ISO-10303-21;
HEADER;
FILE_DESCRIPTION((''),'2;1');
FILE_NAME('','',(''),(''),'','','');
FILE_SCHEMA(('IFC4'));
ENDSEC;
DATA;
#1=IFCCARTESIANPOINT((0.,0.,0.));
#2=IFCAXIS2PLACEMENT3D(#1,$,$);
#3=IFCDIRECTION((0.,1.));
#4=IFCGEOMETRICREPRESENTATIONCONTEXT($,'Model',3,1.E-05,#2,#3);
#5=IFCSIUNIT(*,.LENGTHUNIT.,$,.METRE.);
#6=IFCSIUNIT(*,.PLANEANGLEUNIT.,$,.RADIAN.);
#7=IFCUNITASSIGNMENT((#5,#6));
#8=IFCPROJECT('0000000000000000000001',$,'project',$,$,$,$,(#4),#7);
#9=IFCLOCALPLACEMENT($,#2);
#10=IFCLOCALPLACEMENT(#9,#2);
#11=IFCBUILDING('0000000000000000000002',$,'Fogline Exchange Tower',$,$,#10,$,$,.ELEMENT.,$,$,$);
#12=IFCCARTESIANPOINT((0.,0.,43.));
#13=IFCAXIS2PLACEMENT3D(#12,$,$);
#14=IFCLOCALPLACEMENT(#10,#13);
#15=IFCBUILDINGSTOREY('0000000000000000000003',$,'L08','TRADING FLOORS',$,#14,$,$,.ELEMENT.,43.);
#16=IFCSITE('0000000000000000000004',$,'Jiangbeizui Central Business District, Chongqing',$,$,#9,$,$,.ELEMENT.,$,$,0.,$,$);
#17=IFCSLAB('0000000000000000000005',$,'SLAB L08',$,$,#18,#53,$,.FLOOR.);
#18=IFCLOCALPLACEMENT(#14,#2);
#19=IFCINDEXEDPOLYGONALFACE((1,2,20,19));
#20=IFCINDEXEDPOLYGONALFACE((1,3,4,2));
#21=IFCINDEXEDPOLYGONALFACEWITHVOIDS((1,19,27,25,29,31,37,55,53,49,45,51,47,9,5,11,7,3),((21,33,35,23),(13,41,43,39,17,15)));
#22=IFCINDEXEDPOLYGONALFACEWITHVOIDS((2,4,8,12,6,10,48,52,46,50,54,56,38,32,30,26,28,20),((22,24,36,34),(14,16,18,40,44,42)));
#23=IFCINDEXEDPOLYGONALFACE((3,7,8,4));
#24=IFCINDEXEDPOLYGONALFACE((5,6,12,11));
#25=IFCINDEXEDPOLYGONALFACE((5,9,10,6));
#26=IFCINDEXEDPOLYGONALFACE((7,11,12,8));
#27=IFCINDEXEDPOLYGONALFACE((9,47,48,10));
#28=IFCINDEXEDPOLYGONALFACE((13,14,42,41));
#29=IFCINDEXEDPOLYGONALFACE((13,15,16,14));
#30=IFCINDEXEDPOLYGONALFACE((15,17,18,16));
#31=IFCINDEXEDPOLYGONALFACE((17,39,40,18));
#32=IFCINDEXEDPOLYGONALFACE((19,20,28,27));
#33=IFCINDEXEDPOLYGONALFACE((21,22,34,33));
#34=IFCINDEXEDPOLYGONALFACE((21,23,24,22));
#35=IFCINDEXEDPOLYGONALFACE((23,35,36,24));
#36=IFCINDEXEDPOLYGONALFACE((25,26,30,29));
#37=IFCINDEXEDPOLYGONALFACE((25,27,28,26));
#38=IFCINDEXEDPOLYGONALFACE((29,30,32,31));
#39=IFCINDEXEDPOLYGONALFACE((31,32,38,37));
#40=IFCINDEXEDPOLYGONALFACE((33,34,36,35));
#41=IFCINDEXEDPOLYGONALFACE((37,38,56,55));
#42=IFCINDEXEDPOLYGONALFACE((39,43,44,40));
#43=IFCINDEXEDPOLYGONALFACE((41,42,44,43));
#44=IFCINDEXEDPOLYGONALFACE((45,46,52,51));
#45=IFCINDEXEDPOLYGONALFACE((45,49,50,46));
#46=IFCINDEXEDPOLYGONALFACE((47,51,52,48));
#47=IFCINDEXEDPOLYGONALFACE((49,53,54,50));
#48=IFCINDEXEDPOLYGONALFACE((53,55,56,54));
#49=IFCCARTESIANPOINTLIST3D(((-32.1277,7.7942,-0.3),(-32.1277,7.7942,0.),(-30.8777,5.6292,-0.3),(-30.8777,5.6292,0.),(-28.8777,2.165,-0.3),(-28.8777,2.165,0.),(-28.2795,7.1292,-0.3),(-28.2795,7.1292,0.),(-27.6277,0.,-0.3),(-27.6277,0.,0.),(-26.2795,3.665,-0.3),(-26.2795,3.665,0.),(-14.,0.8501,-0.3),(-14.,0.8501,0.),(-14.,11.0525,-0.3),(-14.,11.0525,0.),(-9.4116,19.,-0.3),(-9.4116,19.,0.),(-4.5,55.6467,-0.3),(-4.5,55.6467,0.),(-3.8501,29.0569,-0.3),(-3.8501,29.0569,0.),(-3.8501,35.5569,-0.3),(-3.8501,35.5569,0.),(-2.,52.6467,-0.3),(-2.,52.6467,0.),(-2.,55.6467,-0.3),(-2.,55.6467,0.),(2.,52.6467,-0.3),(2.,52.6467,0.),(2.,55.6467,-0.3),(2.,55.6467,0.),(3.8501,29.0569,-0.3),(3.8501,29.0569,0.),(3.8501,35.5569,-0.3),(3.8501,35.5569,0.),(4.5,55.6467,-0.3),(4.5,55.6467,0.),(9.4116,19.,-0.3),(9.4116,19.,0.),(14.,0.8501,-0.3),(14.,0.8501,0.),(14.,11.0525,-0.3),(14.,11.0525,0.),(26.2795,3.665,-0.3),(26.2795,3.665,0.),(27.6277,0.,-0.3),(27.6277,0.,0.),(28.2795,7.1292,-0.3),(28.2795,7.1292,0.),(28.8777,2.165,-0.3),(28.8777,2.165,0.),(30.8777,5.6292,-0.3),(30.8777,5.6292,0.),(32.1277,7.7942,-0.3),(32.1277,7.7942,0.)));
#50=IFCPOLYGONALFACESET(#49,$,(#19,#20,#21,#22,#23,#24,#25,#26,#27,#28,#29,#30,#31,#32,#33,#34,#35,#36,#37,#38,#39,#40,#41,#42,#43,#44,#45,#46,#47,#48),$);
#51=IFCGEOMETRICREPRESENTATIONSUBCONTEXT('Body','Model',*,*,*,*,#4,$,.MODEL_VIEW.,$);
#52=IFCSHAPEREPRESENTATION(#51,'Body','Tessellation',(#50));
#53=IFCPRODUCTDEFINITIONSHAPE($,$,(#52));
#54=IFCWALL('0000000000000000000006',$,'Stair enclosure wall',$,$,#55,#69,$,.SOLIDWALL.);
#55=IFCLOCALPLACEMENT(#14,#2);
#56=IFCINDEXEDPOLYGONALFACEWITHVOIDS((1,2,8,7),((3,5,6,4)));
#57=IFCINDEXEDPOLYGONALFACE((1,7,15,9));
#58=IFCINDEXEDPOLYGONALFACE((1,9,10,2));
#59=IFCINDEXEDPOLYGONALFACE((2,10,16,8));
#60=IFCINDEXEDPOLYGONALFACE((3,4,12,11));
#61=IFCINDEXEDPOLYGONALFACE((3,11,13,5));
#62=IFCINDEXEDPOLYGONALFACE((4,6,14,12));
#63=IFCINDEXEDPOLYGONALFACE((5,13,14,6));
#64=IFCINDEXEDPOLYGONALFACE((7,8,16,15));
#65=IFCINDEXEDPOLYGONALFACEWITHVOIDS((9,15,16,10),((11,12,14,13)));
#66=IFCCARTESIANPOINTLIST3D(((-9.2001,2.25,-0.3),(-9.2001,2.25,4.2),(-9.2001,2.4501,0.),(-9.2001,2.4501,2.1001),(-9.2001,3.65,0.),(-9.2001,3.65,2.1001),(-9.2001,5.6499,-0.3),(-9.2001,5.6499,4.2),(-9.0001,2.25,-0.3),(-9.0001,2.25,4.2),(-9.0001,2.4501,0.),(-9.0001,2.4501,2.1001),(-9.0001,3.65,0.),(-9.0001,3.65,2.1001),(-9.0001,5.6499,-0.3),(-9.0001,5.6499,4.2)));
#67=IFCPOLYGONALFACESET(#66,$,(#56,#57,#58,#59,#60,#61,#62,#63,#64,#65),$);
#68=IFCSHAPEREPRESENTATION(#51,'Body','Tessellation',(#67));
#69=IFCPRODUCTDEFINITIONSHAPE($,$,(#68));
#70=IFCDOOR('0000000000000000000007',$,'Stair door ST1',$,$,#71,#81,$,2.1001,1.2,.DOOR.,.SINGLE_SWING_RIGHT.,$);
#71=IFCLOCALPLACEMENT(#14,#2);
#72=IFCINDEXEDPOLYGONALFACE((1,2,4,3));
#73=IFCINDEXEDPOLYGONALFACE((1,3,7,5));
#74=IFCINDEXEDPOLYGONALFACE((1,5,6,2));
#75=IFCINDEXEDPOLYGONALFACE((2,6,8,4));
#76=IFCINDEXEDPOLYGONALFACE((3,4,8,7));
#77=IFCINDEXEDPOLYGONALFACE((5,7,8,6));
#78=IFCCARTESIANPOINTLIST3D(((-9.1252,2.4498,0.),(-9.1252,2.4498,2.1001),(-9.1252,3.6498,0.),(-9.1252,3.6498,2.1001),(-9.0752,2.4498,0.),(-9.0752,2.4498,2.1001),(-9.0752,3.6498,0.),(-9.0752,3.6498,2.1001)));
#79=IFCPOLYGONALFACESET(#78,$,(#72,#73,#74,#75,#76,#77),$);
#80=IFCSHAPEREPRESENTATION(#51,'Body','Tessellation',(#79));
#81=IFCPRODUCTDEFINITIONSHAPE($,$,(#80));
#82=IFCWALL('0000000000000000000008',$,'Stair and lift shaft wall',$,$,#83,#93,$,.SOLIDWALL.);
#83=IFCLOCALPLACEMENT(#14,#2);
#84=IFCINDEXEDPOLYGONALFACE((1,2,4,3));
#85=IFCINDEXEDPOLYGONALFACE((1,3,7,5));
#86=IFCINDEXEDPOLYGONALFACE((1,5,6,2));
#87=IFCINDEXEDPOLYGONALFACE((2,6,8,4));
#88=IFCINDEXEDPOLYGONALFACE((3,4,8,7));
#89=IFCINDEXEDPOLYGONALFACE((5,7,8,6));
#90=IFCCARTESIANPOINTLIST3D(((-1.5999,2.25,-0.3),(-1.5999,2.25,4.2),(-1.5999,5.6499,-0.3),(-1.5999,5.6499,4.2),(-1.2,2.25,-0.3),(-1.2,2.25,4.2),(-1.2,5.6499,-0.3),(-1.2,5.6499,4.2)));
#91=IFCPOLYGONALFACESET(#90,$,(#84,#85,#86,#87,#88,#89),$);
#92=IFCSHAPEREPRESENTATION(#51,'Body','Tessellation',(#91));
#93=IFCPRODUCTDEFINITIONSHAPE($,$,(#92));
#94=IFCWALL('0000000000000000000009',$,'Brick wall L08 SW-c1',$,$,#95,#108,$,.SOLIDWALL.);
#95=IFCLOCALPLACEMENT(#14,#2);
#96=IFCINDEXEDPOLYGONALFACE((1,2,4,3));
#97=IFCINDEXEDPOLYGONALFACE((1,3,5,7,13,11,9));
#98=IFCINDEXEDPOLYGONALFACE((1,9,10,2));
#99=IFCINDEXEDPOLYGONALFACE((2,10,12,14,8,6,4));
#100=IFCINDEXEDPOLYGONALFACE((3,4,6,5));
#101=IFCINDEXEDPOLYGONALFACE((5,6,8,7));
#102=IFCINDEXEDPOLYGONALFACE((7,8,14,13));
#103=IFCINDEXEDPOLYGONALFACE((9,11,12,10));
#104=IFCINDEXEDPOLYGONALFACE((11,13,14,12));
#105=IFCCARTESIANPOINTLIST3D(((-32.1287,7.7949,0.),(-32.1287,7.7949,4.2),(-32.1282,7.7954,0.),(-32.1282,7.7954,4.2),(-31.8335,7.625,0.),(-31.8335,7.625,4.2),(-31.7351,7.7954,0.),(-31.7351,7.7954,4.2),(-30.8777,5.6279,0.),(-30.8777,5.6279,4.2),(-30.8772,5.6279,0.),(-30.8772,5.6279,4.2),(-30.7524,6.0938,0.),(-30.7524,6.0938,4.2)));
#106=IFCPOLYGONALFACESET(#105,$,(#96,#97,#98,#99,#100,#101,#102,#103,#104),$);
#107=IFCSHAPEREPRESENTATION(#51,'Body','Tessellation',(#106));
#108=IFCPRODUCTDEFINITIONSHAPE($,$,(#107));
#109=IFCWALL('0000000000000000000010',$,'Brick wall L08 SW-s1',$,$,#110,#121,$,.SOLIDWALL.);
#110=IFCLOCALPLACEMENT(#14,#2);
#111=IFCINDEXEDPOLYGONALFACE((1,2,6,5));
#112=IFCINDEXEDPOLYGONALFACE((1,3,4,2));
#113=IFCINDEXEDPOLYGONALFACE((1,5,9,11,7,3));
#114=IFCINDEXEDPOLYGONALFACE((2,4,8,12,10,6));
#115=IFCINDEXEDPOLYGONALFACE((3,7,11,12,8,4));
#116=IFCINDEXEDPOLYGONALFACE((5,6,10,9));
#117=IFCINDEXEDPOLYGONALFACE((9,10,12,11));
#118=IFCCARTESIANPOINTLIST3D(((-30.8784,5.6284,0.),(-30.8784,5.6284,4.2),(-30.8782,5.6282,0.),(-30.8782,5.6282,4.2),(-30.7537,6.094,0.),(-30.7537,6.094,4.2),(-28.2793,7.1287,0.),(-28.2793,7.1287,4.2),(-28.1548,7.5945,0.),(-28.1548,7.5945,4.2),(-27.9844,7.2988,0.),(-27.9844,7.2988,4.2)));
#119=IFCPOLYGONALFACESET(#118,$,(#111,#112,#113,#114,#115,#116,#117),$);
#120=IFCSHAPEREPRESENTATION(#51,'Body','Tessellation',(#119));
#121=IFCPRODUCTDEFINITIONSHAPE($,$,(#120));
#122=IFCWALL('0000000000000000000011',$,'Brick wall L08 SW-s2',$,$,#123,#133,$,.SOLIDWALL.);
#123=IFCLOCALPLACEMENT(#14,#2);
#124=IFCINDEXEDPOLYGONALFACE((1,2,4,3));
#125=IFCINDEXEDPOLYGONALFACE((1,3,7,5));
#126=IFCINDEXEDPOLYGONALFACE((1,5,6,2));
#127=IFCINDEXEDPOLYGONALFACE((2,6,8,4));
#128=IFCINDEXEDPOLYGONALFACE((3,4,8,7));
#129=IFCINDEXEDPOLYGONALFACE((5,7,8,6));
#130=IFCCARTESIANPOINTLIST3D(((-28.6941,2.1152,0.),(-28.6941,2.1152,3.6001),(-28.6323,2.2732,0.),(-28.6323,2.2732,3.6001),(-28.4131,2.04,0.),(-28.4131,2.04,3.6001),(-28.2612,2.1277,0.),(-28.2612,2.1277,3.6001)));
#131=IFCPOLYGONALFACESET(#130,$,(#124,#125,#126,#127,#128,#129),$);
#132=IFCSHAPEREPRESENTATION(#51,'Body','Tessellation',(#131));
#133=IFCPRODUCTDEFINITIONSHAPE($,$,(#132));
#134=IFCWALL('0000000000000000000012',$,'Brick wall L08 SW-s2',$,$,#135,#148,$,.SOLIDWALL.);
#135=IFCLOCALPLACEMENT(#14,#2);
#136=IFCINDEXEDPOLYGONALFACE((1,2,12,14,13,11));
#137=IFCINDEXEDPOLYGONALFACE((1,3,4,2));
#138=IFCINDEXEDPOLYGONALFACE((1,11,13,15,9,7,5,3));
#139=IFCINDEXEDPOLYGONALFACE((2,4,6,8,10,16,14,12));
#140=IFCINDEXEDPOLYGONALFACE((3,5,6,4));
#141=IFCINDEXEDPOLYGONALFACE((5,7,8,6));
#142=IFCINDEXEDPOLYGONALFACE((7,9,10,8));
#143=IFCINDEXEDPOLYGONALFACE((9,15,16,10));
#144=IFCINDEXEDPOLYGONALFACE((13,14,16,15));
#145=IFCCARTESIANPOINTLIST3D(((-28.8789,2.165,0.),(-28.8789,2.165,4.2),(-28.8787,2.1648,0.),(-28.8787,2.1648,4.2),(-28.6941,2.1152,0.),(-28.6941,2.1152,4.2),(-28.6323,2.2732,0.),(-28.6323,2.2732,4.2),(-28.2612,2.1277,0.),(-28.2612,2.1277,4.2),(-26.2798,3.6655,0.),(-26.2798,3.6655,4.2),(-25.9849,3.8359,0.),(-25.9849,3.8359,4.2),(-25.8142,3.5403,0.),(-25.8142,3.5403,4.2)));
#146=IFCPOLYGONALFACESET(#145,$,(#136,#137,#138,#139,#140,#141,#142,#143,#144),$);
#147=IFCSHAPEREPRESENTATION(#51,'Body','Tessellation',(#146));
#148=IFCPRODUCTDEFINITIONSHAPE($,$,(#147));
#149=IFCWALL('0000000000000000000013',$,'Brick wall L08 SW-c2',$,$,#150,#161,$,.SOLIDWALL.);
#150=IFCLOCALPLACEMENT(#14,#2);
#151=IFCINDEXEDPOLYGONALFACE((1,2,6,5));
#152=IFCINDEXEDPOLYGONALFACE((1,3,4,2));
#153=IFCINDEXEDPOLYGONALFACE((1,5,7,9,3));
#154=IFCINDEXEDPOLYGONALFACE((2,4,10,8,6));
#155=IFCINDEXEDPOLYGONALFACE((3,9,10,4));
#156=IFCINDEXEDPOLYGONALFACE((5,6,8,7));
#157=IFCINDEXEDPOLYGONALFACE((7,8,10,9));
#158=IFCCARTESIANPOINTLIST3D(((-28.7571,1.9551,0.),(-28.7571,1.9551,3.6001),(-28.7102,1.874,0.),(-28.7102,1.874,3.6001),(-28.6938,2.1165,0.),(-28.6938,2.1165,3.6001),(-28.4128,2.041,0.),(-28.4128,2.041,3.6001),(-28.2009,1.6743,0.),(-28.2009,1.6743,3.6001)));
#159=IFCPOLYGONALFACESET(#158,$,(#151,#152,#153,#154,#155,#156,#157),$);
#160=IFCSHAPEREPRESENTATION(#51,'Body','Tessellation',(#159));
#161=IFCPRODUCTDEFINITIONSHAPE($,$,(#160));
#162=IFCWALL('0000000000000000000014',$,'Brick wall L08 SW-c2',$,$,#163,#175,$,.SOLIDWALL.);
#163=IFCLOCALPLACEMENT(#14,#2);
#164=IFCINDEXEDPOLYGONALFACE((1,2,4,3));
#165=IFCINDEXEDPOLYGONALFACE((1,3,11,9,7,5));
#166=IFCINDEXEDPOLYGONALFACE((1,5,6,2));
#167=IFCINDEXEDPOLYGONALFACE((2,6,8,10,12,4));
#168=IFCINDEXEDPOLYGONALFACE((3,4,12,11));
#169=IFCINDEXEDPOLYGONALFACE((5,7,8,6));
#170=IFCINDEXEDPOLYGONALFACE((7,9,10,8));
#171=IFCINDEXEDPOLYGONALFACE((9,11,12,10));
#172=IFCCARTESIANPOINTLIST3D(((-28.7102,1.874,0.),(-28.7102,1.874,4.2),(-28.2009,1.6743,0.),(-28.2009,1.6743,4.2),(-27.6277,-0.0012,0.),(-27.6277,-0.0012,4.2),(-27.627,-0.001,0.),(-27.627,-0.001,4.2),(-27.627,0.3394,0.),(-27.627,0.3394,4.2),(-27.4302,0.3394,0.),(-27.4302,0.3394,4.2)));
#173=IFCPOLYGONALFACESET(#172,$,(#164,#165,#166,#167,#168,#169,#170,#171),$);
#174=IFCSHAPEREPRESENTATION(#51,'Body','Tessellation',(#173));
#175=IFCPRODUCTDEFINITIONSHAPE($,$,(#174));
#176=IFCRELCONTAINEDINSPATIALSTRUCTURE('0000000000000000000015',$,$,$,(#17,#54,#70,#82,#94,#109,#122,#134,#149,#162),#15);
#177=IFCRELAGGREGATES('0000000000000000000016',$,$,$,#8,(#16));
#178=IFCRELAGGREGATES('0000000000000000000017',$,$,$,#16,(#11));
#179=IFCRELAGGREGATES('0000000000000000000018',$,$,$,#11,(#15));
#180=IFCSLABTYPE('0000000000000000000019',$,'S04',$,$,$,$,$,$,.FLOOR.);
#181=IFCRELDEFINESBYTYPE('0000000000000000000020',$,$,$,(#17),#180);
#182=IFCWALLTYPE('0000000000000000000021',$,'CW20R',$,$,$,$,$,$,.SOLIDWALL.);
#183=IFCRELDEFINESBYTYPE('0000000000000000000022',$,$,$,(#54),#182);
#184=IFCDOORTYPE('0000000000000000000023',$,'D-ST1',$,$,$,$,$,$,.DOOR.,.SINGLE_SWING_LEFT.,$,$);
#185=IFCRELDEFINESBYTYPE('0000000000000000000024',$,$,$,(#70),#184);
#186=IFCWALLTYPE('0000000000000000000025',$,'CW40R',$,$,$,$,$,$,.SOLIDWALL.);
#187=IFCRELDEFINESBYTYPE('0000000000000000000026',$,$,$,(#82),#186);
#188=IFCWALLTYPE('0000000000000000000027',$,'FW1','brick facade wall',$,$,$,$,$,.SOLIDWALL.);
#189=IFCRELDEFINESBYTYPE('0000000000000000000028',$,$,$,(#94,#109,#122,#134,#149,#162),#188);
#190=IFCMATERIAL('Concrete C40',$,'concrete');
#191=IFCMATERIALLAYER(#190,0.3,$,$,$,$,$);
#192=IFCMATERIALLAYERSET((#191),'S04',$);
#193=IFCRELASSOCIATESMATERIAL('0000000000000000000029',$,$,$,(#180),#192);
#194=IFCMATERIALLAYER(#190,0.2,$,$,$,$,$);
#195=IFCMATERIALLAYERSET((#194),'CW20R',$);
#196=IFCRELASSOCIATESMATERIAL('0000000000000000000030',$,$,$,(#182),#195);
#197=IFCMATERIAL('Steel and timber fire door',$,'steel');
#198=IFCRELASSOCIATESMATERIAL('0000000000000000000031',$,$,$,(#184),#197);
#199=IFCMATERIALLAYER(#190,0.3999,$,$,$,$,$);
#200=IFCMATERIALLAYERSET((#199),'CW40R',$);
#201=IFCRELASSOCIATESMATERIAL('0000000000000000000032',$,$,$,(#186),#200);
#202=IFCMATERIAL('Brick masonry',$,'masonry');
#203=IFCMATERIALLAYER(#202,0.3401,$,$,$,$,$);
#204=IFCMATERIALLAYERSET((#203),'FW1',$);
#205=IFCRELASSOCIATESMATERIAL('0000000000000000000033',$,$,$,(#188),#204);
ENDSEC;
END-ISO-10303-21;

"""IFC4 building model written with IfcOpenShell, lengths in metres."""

from ifc_helpers import new_model, si_unit, direction, frame, frame_2d, origin, place, context, subcontext, project, spatial, polyline, rectangle, outline, extrude, material, layer, layer_set, type_object, element, fill, save


model = new_model("IFC4")

# Units and contexts
model_context = context("Model", 3, precision=1e-05, world=origin(), true_north=direction((0.0, 1.0)))
body_context = subcontext(model_context, "Body", "Model", "MODEL_VIEW")
ifc_project = project(units=[si_unit("LENGTHUNIT", "METRE"), si_unit("PLANEANGLEUNIT", "RADIAN")], contexts=[model_context])

# Site, building, storey
site_placement = place(None, origin())
site = spatial("IfcSite", under=ifc_project, at=site_placement, Name="Jiangbeizui Central Business District, Chongqing", CompositionType="ELEMENT", RefElevation=0.0)
building_placement = place(site_placement, origin())
building = spatial("IfcBuilding", under=site, at=building_placement, Name="Fogline Exchange Tower", CompositionType="ELEMENT")
storey_placement = place(building_placement, frame((0.0, 0.0, 43.0)))
storey = spatial("IfcBuildingStorey", under=building, at=storey_placement, Name="L08", Description="TRADING FLOORS", CompositionType="ELEMENT", Elevation=43.0)

# Slab
ifc_material_1 = material(Name="Concrete C40", Category="concrete")
ifc_layer_1 = layer(ifc_material_1, 0.3)
ifc_layer_set_1 = layer_set([ifc_layer_1], Name="S04")
slab_type = type_object("IfcSlabType", Name="S04", PredefinedType="FLOOR", material=ifc_layer_set_1)
slab_placement = place(storey_placement, frame((0.0, 0.0, -0.3)))
element("IfcSlab", 1, at=slab_placement, inside=storey, type_object=slab_type, Name="SLAB L08", PredefinedType="FLOOR", context=body_context, shape_type="SweptSolid", body=[
    extrude(outline(polyline([(-2.0, 55.6467), (-4.5, 55.6467), (-32.1277, 7.7942), (-30.8777, 5.6292), (-28.2795, 7.1292), (-26.2795, 3.665), (-28.8777, 2.165), (-27.6277, 0.0), (27.6277, 0.0), (28.8777, 2.165), (26.2795, 3.665), (28.2795, 7.1292), (30.8777, 5.6292), (32.1277, 7.7942), (4.5, 55.6467), (2.0, 55.6467), (2.0, 52.6467), (-2.0, 52.6467), (-2.0, 55.6467)]), holes=[polyline([(14.0, 11.0525), (14.0, 0.8501), (-14.0, 0.8501), (-14.0, 11.0525), (-9.4116, 19.0), (9.4116, 19.0), (14.0, 11.0525)]), polyline([(3.8501, 35.5569), (3.8501, 29.0569), (-3.8501, 29.0569), (-3.8501, 35.5569), (3.8501, 35.5569)])]), origin(), (0.0, 0.0, 1.0), 0.3),
])

# Wall, opening, door
ifc_layer_2 = layer(ifc_material_1, 0.2)
ifc_layer_set_2 = layer_set([ifc_layer_2], Name="CW20R")
wall_type_1 = type_object("IfcWallType", Name="CW20R", PredefinedType="SOLIDWALL", material=ifc_layer_set_2)
wall_1_placement = place(storey_placement, frame((-9.1001, 2.25, -0.3), z_axis=(0.0, 0.0, 1.0), x_axis=(0.0, 1.0, 0.0)))
wall_1 = element("IfcWall", 2, at=wall_1_placement, inside=storey, type_object=wall_type_1, Name="Stair enclosure wall", PredefinedType="SOLIDWALL", context=body_context, shape_type="SweptSolid", body=[
    extrude(rectangle(XDim=3.3999, YDim=0.2, at=frame_2d((1.7, 0.0))), origin(), (0.0, 0.0, 1.0), 4.5),
])
opening_placement = place(wall_1_placement, frame((0.2, 0.0, 0.3)))
opening = element("IfcOpeningElement", 3, at=opening_placement, cuts=wall_1, PredefinedType="OPENING", context=body_context, shape_type="SweptSolid", body=[
    extrude(rectangle(XDim=1.2, YDim=2.1001, at=frame_2d((0.6001, 1.05))), frame((0.0, 0.1099, 0.0), z_axis=(0.0, -1.0, 0.0), x_axis=(1.0, 0.0, 0.0)), (0.0, 0.0, 1.0), 0.22),
])
ifc_material_2 = material(Name="Steel and timber fire door", Category="steel")
door_type = type_object("IfcDoorType", Name="D-ST1", OperationType="SINGLE_SWING_LEFT", PredefinedType="DOOR", material=ifc_material_2)
door_placement = place(opening_placement, frame((1.2, 0.0, 0.0), z_axis=(0.0, 0.0, 1.0), x_axis=(-1.0, 0.0, 0.0)))
door = element("IfcDoor", 4, at=door_placement, inside=storey, type_object=door_type, Name="Stair door ST1", OperationType="SINGLE_SWING_RIGHT", OverallHeight=2.1001, OverallWidth=1.2, PredefinedType="DOOR", context=body_context, shape_type="SweptSolid", body=[
    extrude(rectangle(XDim=1.2, YDim=2.1001, at=frame_2d((0.6001, 1.05))), frame((0.0, 0.0249, 0.0), z_axis=(0.0, -1.0, 0.0), x_axis=(1.0, 0.0, 0.0)), (0.0, 0.0, 1.0), 0.05),
])
fill(opening, door)

# Walls
ifc_layer_3 = layer(ifc_material_1, 0.3999)
ifc_layer_set_3 = layer_set([ifc_layer_3], Name="CW40R")
wall_type_2 = type_object("IfcWallType", Name="CW40R", PredefinedType="SOLIDWALL", material=ifc_layer_set_3)
wall_2_placement = place(storey_placement, frame((-1.3999, 2.25, -0.3), z_axis=(0.0, 0.0, 1.0), x_axis=(0.0, 1.0, 0.0)))
element("IfcWall", 5, at=wall_2_placement, inside=storey, type_object=wall_type_2, Name="Stair and lift shaft wall", PredefinedType="SOLIDWALL", context=body_context, shape_type="SweptSolid", body=[
    extrude(rectangle(XDim=3.3999, YDim=0.3999, at=frame_2d((1.7, 0.0))), origin(), (0.0, 0.0, 1.0), 4.5),
])
ifc_material_3 = material(Name="Brick masonry", Category="masonry")
ifc_layer_4 = layer(ifc_material_3, 0.3401)
ifc_layer_set_4 = layer_set([ifc_layer_4], Name="FW1")
wall_type_3 = type_object("IfcWallType", Name="FW1", Description="brick facade wall", PredefinedType="SOLIDWALL", material=ifc_layer_set_4)
wall_3_placement = place(storey_placement, origin())
element("IfcWall", 6, at=wall_3_placement, inside=storey, type_object=wall_type_3, Name="Brick wall L08 SW-c1", PredefinedType="SOLIDWALL", context=body_context, shape_type="SweptSolid", body=[
    extrude(outline(polyline([(-30.8777, 5.6279), (-32.1287, 7.7949), (-32.1282, 7.7954), (-31.8335, 7.625), (-31.7351, 7.7954), (-30.7524, 6.0938), (-30.8772, 5.6279), (-30.8777, 5.6279)])), origin(), (0.0, 0.0, 1.0), 4.2),
])
wall_4_placement = place(storey_placement, origin())
element("IfcWall", 7, at=wall_4_placement, inside=storey, type_object=wall_type_3, Name="Brick wall L08 SW-s1", PredefinedType="SOLIDWALL", context=body_context, shape_type="SweptSolid", body=[
    extrude(outline(polyline([(-28.1548, 7.5945), (-27.9844, 7.2988), (-28.2793, 7.1287), (-30.8782, 5.6282), (-30.8784, 5.6284), (-30.7537, 6.094), (-28.1548, 7.5945)])), origin(), (0.0, 0.0, 1.0), 4.2),
])
wall_5_placement = place(storey_placement, origin())
element("IfcWall", 8, at=wall_5_placement, inside=storey, type_object=wall_type_3, Name="Brick wall L08 SW-s2", PredefinedType="SOLIDWALL", context=body_context, shape_type="SweptSolid", body=[
    extrude(outline(polyline([(-28.4131, 2.04), (-28.6941, 2.1152), (-28.6323, 2.2732), (-28.2612, 2.1277), (-28.4131, 2.04)])), origin(), (0.0, 0.0, 1.0), 3.6001),
])
wall_6_placement = place(storey_placement, origin())
element("IfcWall", 9, at=wall_6_placement, inside=storey, type_object=wall_type_3, Name="Brick wall L08 SW-s2", PredefinedType="SOLIDWALL", context=body_context, shape_type="SweptSolid", body=[
    extrude(outline(polyline([(-26.2798, 3.6655), (-25.9849, 3.8359), (-25.8142, 3.5403), (-28.2612, 2.1277), (-28.6323, 2.2732), (-28.6941, 2.1152), (-28.8787, 2.1648), (-28.8789, 2.165), (-26.2798, 3.6655)])), origin(), (0.0, 0.0, 1.0), 4.2),
])
wall_7_placement = place(storey_placement, origin())
element("IfcWall", 10, at=wall_7_placement, inside=storey, type_object=wall_type_3, Name="Brick wall L08 SW-c2", PredefinedType="SOLIDWALL", context=body_context, shape_type="SweptSolid", body=[
    extrude(outline(polyline([(-28.7571, 1.9551), (-28.6938, 2.1165), (-28.4128, 2.041), (-28.2009, 1.6743), (-28.7102, 1.874), (-28.7571, 1.9551)])), origin(), (0.0, 0.0, 1.0), 3.6001),
])
wall_8_placement = place(storey_placement, origin())
element("IfcWall", 11, at=wall_8_placement, inside=storey, type_object=wall_type_3, Name="Brick wall L08 SW-c2", PredefinedType="SOLIDWALL", context=body_context, shape_type="SweptSolid", body=[
    extrude(outline(polyline([(-27.627, 0.3394), (-27.627, -0.001), (-27.6277, -0.0012), (-28.7102, 1.874), (-28.2009, 1.6743), (-27.4302, 0.3394), (-27.627, 0.3394)])), origin(), (0.0, 0.0, 1.0), 4.2),
])

save(model, "model.ifc")
